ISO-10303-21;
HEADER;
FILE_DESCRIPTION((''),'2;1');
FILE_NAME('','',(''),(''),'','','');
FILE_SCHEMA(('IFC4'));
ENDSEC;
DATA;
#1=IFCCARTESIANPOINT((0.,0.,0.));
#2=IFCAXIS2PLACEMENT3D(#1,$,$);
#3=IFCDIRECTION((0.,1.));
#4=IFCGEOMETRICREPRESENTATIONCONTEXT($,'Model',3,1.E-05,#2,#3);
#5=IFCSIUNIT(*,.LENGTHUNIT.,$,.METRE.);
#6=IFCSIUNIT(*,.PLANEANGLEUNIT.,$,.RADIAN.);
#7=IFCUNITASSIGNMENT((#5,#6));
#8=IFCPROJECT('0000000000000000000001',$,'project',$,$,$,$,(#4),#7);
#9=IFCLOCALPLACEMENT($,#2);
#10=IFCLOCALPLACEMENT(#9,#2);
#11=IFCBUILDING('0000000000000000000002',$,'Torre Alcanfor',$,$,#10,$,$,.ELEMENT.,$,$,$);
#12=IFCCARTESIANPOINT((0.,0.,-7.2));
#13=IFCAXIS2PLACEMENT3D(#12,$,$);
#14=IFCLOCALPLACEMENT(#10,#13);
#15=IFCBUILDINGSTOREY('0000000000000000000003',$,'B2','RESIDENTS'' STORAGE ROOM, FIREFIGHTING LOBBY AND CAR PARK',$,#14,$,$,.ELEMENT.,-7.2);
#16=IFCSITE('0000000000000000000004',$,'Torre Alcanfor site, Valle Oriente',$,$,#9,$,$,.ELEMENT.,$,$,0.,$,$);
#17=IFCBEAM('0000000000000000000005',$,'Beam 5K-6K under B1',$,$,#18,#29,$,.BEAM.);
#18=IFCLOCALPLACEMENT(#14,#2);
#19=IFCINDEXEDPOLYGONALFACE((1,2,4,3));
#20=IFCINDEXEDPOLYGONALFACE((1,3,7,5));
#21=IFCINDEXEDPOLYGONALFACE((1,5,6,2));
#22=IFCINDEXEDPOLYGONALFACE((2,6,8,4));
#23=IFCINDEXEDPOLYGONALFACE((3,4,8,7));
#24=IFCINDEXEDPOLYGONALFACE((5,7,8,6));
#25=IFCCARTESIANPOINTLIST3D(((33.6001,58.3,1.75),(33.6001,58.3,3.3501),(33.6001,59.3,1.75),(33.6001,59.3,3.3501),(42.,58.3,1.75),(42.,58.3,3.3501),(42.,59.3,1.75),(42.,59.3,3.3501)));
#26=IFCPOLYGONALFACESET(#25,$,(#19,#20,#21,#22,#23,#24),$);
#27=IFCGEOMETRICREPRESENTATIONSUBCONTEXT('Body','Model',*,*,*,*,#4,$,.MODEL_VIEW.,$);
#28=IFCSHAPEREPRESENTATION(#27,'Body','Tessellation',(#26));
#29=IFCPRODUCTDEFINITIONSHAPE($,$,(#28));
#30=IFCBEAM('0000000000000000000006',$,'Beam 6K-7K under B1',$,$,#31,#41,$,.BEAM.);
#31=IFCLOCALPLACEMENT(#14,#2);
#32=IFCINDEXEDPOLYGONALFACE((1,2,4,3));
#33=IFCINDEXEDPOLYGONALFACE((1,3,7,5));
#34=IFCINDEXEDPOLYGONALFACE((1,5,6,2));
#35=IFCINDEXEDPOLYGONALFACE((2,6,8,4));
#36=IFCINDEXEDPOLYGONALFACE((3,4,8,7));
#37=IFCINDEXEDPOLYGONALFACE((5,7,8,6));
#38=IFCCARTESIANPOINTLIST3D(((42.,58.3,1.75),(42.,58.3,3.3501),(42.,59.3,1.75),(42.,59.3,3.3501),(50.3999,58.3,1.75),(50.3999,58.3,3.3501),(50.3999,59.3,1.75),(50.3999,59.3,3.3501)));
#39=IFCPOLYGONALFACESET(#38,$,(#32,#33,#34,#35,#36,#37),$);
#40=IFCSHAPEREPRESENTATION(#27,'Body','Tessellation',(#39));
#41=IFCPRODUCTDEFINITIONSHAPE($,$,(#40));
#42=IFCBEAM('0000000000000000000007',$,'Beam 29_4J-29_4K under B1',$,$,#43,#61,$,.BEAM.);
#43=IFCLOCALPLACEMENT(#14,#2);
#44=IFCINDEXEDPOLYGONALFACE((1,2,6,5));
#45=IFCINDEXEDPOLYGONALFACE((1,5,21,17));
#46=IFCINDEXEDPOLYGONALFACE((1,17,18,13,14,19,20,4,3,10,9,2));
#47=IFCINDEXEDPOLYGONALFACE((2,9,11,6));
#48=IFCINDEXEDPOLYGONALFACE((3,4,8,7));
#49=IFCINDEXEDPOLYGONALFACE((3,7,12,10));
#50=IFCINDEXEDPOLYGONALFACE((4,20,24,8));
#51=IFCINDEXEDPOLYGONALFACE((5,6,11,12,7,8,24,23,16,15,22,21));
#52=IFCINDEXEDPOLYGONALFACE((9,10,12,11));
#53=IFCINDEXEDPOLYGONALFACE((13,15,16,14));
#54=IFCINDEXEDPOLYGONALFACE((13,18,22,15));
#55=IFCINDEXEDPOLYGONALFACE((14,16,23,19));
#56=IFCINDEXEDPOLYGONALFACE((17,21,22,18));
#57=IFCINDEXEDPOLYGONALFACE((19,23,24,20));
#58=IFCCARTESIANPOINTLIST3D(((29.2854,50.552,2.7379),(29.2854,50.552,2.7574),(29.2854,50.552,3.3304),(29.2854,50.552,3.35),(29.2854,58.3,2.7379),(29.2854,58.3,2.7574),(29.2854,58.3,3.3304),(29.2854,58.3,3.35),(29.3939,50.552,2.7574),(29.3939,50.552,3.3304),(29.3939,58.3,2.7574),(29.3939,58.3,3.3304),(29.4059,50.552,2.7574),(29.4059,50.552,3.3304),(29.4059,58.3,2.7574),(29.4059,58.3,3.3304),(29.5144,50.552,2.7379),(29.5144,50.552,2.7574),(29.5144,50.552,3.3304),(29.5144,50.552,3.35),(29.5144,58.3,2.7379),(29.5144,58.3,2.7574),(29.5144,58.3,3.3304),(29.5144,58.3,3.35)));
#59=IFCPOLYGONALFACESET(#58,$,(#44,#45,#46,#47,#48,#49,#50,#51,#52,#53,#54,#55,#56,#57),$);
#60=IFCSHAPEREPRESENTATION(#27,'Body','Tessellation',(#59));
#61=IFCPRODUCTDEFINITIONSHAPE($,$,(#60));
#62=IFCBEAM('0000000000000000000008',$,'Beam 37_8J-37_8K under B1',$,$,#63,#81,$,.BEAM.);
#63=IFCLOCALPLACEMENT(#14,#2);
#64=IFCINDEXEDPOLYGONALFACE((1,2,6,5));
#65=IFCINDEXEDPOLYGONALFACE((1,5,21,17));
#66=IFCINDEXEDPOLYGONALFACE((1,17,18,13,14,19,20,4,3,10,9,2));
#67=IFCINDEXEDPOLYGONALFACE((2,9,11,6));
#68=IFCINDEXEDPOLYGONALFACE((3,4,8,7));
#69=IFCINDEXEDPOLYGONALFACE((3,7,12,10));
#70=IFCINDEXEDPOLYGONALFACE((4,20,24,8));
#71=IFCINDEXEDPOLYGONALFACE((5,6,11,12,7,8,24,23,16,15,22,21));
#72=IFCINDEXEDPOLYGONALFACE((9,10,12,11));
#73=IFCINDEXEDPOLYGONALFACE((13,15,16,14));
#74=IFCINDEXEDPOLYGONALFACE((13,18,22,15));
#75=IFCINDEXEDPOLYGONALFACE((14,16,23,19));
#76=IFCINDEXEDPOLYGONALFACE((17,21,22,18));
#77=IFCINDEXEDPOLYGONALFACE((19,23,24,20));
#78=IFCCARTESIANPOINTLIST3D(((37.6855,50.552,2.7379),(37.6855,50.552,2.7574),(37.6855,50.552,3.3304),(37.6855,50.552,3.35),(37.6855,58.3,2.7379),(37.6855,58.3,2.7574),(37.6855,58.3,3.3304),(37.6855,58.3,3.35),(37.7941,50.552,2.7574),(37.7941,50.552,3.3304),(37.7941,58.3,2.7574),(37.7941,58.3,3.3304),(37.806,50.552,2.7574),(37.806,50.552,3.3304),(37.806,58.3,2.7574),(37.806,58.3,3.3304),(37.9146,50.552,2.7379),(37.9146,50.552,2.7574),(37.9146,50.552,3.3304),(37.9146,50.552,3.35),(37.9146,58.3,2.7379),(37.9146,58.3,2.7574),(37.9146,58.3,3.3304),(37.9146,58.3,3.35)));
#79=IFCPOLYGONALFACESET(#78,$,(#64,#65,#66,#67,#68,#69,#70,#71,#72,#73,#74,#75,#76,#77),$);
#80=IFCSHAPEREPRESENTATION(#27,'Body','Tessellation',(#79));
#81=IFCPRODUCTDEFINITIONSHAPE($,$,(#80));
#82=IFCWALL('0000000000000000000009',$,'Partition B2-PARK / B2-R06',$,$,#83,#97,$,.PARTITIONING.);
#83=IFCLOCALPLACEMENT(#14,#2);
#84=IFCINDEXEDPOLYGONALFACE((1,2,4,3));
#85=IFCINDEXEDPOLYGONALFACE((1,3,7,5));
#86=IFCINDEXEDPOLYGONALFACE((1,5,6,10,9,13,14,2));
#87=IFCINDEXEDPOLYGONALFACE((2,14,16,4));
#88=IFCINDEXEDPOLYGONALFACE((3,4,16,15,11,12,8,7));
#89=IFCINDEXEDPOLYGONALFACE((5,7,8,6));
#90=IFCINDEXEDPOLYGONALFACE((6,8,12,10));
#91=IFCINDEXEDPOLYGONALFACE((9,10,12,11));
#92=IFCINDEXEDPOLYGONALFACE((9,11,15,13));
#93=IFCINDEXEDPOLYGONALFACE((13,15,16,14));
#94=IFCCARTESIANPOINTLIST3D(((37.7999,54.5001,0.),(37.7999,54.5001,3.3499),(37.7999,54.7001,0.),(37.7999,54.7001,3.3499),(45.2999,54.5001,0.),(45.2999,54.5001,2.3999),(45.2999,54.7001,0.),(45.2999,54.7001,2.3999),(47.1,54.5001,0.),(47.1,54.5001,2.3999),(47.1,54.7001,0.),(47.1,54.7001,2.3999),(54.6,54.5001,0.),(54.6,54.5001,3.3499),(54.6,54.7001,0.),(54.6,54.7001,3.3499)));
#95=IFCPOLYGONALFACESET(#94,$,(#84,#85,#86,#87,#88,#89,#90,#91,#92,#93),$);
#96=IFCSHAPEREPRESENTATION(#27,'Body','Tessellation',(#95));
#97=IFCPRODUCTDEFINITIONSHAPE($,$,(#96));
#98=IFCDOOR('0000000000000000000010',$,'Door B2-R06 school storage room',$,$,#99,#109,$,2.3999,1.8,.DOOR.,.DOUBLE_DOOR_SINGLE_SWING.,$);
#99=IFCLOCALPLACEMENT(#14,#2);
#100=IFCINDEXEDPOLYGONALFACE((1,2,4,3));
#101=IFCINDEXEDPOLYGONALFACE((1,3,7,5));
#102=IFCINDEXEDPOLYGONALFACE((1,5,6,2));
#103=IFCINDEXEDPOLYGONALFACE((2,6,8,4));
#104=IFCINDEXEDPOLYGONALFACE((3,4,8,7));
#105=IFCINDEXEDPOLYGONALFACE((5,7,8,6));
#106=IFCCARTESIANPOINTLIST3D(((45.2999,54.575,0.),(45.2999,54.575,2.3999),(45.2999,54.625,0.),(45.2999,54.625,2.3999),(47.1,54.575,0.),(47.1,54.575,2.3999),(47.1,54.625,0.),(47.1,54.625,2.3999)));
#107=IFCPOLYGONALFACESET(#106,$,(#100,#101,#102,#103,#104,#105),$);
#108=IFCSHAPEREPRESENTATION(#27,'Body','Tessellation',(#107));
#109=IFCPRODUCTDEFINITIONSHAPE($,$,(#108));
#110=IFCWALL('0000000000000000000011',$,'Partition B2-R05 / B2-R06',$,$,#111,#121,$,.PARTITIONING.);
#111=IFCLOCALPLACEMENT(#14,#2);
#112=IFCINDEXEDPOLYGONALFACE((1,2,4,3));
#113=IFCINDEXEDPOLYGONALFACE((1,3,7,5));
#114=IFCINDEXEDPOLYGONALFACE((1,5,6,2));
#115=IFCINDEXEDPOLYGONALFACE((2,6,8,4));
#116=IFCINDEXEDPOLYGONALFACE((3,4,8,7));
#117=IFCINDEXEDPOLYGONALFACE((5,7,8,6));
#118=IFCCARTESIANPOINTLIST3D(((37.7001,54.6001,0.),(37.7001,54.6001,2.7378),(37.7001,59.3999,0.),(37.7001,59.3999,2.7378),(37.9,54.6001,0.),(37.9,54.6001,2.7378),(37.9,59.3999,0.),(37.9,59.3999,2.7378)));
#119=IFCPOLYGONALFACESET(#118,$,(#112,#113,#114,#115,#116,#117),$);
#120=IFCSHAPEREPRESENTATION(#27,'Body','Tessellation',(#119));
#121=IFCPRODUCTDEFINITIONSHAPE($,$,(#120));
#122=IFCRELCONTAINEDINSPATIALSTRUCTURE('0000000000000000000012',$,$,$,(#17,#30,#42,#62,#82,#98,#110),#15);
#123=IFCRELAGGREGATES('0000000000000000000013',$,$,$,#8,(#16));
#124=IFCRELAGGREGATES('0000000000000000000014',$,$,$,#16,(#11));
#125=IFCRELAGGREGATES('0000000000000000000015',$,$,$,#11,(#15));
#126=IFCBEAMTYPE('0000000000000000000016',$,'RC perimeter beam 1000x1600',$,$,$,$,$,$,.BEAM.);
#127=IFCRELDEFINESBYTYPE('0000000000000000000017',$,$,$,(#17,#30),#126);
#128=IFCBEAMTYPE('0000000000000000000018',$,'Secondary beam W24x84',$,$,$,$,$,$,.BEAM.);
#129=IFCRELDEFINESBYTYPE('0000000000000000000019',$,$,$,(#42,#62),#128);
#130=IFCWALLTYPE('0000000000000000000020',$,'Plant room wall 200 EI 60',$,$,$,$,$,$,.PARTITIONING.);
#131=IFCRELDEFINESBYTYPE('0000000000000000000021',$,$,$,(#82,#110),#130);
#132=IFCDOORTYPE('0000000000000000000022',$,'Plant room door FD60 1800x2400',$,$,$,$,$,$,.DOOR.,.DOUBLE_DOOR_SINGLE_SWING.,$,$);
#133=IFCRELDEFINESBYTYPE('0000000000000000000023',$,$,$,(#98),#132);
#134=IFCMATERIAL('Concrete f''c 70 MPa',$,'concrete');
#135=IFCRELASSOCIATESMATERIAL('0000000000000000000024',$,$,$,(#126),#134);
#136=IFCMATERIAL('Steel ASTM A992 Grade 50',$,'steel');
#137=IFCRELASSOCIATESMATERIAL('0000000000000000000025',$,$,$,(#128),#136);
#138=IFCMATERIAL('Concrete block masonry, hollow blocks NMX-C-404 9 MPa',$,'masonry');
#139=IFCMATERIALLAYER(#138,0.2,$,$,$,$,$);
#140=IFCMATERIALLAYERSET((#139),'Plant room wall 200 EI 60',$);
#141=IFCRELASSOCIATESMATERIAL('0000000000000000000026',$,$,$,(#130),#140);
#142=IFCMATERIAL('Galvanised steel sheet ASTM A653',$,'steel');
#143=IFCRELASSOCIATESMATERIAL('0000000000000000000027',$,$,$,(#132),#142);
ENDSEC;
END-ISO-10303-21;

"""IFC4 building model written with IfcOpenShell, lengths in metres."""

from ifc_helpers import new_model, si_unit, direction, frame, frame_2d, origin, origin_2d, place, context, subcontext, project, spatial, rectangle, i_section, extrude, material, layer, layer_set, material_profile, profile_set, type_object, element, fill, save


model = new_model("IFC4")

# Units and contexts
model_context = context("Model", 3, precision=1e-05, world=origin(), true_north=direction((0.0, 1.0)))
body_context = subcontext(model_context, "Body", "Model", "MODEL_VIEW")
ifc_project = project(units=[si_unit("LENGTHUNIT", "METRE"), si_unit("PLANEANGLEUNIT", "RADIAN")], contexts=[model_context])

# Site, building, storey
site_placement = place(None, origin())
site = spatial("IfcSite", under=ifc_project, at=site_placement, Name="Torre Alcanfor site, Valle Oriente", CompositionType="ELEMENT", RefElevation=0.0)
building_placement = place(site_placement, origin())
building = spatial("IfcBuilding", under=site, at=building_placement, Name="Torre Alcanfor", CompositionType="ELEMENT")
storey_placement = place(building_placement, frame((0.0, 0.0, -7.2)))
storey = spatial("IfcBuildingStorey", under=building, at=storey_placement, Name="B2", Description="RESIDENTS' STORAGE ROOM, FIREFIGHTING LOBBY AND CAR PARK", CompositionType="ELEMENT", Elevation=-7.2)

# Beams
ifc_material_1 = material(Name="Concrete f'c 70 MPa", Category="concrete")
ifc_material_profile_1 = material_profile(ifc_material_1, rectangle(XDim=1.0, YDim=1.6001, at=origin_2d()), Name="1000x1600")
ifc_profile_set_1 = profile_set([ifc_material_profile_1], Name="Concrete f'c 70 MPa")
beam_type_1 = type_object("IfcBeamType", Name="RC perimeter beam 1000x1600", PredefinedType="BEAM", material=ifc_profile_set_1)
for number, where, z_axis, x_axis, name in (
    (1, (33.6001, 58.8, 2.55), (1.0, 0.0, 0.0), (0.0, 1.0, 0.0), "Beam 5K-6K under B1"),
    (2, (42.0, 58.8, 2.55), (1.0, 0.0, 0.0), (0.0, 1.0, 0.0), "Beam 6K-7K under B1"),
):
    element("IfcBeam", number, at=place(storey_placement, frame(where, z_axis=z_axis, x_axis=x_axis)), inside=storey, type_object=beam_type_1, Name=name, PredefinedType="BEAM", context=body_context, shape_type="SweptSolid", body=[
        extrude(rectangle(XDim=1.0, YDim=1.6001, at=origin_2d()), origin(), (0.0, 0.0, 1.0), 8.3999),
    ])
ifc_material_2 = material(Name="Steel ASTM A992 Grade 50", Category="steel")
ifc_material_profile_2 = material_profile(ifc_material_2, i_section(OverallWidth=0.229, OverallDepth=0.6121, WebThickness=0.012, FlangeThickness=0.0195, at=origin_2d()), Name="W24x84")
ifc_profile_set_2 = profile_set([ifc_material_profile_2], Name="Steel ASTM A992 Grade 50")
beam_type_2 = type_object("IfcBeamType", Name="Secondary beam W24x84", PredefinedType="BEAM", material=ifc_profile_set_2)
for number, where, z_axis, x_axis, name in (
    (3, (29.3999, 50.552, 3.0439), (0.0, 1.0, 0.0), (-1.0, 0.0, 0.0), "Beam 29_4J-29_4K under B1"),
    (4, (37.8, 50.552, 3.0439), (0.0, 1.0, 0.0), (-1.0, 0.0, 0.0), "Beam 37_8J-37_8K under B1"),
):
    element("IfcBeam", number, at=place(storey_placement, frame(where, z_axis=z_axis, x_axis=x_axis)), inside=storey, type_object=beam_type_2, Name=name, PredefinedType="BEAM", context=body_context, shape_type="SweptSolid", body=[
        extrude(i_section(OverallWidth=0.229, OverallDepth=0.6121, WebThickness=0.012, FlangeThickness=0.0195, at=origin_2d()), origin(), (0.0, 0.0, 1.0), 7.748),
    ])

# Wall, opening, door
ifc_material_3 = material(Name="Concrete block masonry, hollow blocks NMX-C-404 9 MPa", Category="masonry")
ifc_layer = layer(ifc_material_3, 0.2)
ifc_layer_set = layer_set([ifc_layer], Name="Plant room wall 200 EI 60")
wall_type = type_object("IfcWallType", Name="Plant room wall 200 EI 60", PredefinedType="PARTITIONING", material=ifc_layer_set)
wall_1_placement = place(storey_placement, frame((37.8, 54.6001, 0.0), z_axis=(0.0, 0.0, 1.0), x_axis=(1.0, 0.0, 0.0)))
wall_1 = element("IfcWall", 5, at=wall_1_placement, inside=storey, type_object=wall_type, Name="Partition B2-PARK / B2-R06", PredefinedType="PARTITIONING", context=body_context, shape_type="SweptSolid", body=[
    extrude(rectangle(XDim=16.8, YDim=0.2, at=frame_2d((8.3999, 0.0))), origin(), (0.0, 0.0, 1.0), 3.3499),
])
opening_placement = place(wall_1_placement, frame((7.5, 0.0, 0.0)))
opening = element("IfcOpeningElement", 6, at=opening_placement, cuts=wall_1, PredefinedType="OPENING", context=body_context, shape_type="SweptSolid", body=[
    extrude(rectangle(XDim=1.8, YDim=2.3999, at=frame_2d((0.8999, 1.2))), frame((0.0, 0.1099, 0.0), z_axis=(0.0, -1.0, 0.0), x_axis=(1.0, 0.0, 0.0)), (0.0, 0.0, 1.0), 0.22),
])
ifc_material_4 = material(Name="Galvanised steel sheet ASTM A653", Category="steel")
door_type = type_object("IfcDoorType", Name="Plant room door FD60 1800x2400", OperationType="DOUBLE_DOOR_SINGLE_SWING", PredefinedType="DOOR", material=ifc_material_4)
door_placement = place(opening_placement, origin())
door = element("IfcDoor", 7, at=door_placement, inside=storey, type_object=door_type, Name="Door B2-R06 school storage room", OperationType="DOUBLE_DOOR_SINGLE_SWING", OverallHeight=2.3999, OverallWidth=1.8, PredefinedType="DOOR", context=body_context, shape_type="SweptSolid", body=[
    extrude(rectangle(XDim=1.8, YDim=2.3999, at=frame_2d((0.8999, 1.2))), frame((0.0, 0.0249, 0.0), z_axis=(0.0, -1.0, 0.0), x_axis=(1.0, 0.0, 0.0)), (0.0, 0.0, 1.0), 0.05),
])
fill(opening, door)

# Wall
wall_2_placement = place(storey_placement, frame((37.8, 59.3999, 0.0), z_axis=(0.0, 0.0, 1.0), x_axis=(0.0, -1.0, 0.0)))
element("IfcWall", 8, at=wall_2_placement, inside=storey, type_object=wall_type, Name="Partition B2-R05 / B2-R06", PredefinedType="PARTITIONING", context=body_context, shape_type="SweptSolid", body=[
    extrude(rectangle(XDim=4.7998, YDim=0.2, at=frame_2d((2.3999, 0.0))), origin(), (0.0, 0.0, 1.0), 2.7378),
])

save(model, "model.ifc")
